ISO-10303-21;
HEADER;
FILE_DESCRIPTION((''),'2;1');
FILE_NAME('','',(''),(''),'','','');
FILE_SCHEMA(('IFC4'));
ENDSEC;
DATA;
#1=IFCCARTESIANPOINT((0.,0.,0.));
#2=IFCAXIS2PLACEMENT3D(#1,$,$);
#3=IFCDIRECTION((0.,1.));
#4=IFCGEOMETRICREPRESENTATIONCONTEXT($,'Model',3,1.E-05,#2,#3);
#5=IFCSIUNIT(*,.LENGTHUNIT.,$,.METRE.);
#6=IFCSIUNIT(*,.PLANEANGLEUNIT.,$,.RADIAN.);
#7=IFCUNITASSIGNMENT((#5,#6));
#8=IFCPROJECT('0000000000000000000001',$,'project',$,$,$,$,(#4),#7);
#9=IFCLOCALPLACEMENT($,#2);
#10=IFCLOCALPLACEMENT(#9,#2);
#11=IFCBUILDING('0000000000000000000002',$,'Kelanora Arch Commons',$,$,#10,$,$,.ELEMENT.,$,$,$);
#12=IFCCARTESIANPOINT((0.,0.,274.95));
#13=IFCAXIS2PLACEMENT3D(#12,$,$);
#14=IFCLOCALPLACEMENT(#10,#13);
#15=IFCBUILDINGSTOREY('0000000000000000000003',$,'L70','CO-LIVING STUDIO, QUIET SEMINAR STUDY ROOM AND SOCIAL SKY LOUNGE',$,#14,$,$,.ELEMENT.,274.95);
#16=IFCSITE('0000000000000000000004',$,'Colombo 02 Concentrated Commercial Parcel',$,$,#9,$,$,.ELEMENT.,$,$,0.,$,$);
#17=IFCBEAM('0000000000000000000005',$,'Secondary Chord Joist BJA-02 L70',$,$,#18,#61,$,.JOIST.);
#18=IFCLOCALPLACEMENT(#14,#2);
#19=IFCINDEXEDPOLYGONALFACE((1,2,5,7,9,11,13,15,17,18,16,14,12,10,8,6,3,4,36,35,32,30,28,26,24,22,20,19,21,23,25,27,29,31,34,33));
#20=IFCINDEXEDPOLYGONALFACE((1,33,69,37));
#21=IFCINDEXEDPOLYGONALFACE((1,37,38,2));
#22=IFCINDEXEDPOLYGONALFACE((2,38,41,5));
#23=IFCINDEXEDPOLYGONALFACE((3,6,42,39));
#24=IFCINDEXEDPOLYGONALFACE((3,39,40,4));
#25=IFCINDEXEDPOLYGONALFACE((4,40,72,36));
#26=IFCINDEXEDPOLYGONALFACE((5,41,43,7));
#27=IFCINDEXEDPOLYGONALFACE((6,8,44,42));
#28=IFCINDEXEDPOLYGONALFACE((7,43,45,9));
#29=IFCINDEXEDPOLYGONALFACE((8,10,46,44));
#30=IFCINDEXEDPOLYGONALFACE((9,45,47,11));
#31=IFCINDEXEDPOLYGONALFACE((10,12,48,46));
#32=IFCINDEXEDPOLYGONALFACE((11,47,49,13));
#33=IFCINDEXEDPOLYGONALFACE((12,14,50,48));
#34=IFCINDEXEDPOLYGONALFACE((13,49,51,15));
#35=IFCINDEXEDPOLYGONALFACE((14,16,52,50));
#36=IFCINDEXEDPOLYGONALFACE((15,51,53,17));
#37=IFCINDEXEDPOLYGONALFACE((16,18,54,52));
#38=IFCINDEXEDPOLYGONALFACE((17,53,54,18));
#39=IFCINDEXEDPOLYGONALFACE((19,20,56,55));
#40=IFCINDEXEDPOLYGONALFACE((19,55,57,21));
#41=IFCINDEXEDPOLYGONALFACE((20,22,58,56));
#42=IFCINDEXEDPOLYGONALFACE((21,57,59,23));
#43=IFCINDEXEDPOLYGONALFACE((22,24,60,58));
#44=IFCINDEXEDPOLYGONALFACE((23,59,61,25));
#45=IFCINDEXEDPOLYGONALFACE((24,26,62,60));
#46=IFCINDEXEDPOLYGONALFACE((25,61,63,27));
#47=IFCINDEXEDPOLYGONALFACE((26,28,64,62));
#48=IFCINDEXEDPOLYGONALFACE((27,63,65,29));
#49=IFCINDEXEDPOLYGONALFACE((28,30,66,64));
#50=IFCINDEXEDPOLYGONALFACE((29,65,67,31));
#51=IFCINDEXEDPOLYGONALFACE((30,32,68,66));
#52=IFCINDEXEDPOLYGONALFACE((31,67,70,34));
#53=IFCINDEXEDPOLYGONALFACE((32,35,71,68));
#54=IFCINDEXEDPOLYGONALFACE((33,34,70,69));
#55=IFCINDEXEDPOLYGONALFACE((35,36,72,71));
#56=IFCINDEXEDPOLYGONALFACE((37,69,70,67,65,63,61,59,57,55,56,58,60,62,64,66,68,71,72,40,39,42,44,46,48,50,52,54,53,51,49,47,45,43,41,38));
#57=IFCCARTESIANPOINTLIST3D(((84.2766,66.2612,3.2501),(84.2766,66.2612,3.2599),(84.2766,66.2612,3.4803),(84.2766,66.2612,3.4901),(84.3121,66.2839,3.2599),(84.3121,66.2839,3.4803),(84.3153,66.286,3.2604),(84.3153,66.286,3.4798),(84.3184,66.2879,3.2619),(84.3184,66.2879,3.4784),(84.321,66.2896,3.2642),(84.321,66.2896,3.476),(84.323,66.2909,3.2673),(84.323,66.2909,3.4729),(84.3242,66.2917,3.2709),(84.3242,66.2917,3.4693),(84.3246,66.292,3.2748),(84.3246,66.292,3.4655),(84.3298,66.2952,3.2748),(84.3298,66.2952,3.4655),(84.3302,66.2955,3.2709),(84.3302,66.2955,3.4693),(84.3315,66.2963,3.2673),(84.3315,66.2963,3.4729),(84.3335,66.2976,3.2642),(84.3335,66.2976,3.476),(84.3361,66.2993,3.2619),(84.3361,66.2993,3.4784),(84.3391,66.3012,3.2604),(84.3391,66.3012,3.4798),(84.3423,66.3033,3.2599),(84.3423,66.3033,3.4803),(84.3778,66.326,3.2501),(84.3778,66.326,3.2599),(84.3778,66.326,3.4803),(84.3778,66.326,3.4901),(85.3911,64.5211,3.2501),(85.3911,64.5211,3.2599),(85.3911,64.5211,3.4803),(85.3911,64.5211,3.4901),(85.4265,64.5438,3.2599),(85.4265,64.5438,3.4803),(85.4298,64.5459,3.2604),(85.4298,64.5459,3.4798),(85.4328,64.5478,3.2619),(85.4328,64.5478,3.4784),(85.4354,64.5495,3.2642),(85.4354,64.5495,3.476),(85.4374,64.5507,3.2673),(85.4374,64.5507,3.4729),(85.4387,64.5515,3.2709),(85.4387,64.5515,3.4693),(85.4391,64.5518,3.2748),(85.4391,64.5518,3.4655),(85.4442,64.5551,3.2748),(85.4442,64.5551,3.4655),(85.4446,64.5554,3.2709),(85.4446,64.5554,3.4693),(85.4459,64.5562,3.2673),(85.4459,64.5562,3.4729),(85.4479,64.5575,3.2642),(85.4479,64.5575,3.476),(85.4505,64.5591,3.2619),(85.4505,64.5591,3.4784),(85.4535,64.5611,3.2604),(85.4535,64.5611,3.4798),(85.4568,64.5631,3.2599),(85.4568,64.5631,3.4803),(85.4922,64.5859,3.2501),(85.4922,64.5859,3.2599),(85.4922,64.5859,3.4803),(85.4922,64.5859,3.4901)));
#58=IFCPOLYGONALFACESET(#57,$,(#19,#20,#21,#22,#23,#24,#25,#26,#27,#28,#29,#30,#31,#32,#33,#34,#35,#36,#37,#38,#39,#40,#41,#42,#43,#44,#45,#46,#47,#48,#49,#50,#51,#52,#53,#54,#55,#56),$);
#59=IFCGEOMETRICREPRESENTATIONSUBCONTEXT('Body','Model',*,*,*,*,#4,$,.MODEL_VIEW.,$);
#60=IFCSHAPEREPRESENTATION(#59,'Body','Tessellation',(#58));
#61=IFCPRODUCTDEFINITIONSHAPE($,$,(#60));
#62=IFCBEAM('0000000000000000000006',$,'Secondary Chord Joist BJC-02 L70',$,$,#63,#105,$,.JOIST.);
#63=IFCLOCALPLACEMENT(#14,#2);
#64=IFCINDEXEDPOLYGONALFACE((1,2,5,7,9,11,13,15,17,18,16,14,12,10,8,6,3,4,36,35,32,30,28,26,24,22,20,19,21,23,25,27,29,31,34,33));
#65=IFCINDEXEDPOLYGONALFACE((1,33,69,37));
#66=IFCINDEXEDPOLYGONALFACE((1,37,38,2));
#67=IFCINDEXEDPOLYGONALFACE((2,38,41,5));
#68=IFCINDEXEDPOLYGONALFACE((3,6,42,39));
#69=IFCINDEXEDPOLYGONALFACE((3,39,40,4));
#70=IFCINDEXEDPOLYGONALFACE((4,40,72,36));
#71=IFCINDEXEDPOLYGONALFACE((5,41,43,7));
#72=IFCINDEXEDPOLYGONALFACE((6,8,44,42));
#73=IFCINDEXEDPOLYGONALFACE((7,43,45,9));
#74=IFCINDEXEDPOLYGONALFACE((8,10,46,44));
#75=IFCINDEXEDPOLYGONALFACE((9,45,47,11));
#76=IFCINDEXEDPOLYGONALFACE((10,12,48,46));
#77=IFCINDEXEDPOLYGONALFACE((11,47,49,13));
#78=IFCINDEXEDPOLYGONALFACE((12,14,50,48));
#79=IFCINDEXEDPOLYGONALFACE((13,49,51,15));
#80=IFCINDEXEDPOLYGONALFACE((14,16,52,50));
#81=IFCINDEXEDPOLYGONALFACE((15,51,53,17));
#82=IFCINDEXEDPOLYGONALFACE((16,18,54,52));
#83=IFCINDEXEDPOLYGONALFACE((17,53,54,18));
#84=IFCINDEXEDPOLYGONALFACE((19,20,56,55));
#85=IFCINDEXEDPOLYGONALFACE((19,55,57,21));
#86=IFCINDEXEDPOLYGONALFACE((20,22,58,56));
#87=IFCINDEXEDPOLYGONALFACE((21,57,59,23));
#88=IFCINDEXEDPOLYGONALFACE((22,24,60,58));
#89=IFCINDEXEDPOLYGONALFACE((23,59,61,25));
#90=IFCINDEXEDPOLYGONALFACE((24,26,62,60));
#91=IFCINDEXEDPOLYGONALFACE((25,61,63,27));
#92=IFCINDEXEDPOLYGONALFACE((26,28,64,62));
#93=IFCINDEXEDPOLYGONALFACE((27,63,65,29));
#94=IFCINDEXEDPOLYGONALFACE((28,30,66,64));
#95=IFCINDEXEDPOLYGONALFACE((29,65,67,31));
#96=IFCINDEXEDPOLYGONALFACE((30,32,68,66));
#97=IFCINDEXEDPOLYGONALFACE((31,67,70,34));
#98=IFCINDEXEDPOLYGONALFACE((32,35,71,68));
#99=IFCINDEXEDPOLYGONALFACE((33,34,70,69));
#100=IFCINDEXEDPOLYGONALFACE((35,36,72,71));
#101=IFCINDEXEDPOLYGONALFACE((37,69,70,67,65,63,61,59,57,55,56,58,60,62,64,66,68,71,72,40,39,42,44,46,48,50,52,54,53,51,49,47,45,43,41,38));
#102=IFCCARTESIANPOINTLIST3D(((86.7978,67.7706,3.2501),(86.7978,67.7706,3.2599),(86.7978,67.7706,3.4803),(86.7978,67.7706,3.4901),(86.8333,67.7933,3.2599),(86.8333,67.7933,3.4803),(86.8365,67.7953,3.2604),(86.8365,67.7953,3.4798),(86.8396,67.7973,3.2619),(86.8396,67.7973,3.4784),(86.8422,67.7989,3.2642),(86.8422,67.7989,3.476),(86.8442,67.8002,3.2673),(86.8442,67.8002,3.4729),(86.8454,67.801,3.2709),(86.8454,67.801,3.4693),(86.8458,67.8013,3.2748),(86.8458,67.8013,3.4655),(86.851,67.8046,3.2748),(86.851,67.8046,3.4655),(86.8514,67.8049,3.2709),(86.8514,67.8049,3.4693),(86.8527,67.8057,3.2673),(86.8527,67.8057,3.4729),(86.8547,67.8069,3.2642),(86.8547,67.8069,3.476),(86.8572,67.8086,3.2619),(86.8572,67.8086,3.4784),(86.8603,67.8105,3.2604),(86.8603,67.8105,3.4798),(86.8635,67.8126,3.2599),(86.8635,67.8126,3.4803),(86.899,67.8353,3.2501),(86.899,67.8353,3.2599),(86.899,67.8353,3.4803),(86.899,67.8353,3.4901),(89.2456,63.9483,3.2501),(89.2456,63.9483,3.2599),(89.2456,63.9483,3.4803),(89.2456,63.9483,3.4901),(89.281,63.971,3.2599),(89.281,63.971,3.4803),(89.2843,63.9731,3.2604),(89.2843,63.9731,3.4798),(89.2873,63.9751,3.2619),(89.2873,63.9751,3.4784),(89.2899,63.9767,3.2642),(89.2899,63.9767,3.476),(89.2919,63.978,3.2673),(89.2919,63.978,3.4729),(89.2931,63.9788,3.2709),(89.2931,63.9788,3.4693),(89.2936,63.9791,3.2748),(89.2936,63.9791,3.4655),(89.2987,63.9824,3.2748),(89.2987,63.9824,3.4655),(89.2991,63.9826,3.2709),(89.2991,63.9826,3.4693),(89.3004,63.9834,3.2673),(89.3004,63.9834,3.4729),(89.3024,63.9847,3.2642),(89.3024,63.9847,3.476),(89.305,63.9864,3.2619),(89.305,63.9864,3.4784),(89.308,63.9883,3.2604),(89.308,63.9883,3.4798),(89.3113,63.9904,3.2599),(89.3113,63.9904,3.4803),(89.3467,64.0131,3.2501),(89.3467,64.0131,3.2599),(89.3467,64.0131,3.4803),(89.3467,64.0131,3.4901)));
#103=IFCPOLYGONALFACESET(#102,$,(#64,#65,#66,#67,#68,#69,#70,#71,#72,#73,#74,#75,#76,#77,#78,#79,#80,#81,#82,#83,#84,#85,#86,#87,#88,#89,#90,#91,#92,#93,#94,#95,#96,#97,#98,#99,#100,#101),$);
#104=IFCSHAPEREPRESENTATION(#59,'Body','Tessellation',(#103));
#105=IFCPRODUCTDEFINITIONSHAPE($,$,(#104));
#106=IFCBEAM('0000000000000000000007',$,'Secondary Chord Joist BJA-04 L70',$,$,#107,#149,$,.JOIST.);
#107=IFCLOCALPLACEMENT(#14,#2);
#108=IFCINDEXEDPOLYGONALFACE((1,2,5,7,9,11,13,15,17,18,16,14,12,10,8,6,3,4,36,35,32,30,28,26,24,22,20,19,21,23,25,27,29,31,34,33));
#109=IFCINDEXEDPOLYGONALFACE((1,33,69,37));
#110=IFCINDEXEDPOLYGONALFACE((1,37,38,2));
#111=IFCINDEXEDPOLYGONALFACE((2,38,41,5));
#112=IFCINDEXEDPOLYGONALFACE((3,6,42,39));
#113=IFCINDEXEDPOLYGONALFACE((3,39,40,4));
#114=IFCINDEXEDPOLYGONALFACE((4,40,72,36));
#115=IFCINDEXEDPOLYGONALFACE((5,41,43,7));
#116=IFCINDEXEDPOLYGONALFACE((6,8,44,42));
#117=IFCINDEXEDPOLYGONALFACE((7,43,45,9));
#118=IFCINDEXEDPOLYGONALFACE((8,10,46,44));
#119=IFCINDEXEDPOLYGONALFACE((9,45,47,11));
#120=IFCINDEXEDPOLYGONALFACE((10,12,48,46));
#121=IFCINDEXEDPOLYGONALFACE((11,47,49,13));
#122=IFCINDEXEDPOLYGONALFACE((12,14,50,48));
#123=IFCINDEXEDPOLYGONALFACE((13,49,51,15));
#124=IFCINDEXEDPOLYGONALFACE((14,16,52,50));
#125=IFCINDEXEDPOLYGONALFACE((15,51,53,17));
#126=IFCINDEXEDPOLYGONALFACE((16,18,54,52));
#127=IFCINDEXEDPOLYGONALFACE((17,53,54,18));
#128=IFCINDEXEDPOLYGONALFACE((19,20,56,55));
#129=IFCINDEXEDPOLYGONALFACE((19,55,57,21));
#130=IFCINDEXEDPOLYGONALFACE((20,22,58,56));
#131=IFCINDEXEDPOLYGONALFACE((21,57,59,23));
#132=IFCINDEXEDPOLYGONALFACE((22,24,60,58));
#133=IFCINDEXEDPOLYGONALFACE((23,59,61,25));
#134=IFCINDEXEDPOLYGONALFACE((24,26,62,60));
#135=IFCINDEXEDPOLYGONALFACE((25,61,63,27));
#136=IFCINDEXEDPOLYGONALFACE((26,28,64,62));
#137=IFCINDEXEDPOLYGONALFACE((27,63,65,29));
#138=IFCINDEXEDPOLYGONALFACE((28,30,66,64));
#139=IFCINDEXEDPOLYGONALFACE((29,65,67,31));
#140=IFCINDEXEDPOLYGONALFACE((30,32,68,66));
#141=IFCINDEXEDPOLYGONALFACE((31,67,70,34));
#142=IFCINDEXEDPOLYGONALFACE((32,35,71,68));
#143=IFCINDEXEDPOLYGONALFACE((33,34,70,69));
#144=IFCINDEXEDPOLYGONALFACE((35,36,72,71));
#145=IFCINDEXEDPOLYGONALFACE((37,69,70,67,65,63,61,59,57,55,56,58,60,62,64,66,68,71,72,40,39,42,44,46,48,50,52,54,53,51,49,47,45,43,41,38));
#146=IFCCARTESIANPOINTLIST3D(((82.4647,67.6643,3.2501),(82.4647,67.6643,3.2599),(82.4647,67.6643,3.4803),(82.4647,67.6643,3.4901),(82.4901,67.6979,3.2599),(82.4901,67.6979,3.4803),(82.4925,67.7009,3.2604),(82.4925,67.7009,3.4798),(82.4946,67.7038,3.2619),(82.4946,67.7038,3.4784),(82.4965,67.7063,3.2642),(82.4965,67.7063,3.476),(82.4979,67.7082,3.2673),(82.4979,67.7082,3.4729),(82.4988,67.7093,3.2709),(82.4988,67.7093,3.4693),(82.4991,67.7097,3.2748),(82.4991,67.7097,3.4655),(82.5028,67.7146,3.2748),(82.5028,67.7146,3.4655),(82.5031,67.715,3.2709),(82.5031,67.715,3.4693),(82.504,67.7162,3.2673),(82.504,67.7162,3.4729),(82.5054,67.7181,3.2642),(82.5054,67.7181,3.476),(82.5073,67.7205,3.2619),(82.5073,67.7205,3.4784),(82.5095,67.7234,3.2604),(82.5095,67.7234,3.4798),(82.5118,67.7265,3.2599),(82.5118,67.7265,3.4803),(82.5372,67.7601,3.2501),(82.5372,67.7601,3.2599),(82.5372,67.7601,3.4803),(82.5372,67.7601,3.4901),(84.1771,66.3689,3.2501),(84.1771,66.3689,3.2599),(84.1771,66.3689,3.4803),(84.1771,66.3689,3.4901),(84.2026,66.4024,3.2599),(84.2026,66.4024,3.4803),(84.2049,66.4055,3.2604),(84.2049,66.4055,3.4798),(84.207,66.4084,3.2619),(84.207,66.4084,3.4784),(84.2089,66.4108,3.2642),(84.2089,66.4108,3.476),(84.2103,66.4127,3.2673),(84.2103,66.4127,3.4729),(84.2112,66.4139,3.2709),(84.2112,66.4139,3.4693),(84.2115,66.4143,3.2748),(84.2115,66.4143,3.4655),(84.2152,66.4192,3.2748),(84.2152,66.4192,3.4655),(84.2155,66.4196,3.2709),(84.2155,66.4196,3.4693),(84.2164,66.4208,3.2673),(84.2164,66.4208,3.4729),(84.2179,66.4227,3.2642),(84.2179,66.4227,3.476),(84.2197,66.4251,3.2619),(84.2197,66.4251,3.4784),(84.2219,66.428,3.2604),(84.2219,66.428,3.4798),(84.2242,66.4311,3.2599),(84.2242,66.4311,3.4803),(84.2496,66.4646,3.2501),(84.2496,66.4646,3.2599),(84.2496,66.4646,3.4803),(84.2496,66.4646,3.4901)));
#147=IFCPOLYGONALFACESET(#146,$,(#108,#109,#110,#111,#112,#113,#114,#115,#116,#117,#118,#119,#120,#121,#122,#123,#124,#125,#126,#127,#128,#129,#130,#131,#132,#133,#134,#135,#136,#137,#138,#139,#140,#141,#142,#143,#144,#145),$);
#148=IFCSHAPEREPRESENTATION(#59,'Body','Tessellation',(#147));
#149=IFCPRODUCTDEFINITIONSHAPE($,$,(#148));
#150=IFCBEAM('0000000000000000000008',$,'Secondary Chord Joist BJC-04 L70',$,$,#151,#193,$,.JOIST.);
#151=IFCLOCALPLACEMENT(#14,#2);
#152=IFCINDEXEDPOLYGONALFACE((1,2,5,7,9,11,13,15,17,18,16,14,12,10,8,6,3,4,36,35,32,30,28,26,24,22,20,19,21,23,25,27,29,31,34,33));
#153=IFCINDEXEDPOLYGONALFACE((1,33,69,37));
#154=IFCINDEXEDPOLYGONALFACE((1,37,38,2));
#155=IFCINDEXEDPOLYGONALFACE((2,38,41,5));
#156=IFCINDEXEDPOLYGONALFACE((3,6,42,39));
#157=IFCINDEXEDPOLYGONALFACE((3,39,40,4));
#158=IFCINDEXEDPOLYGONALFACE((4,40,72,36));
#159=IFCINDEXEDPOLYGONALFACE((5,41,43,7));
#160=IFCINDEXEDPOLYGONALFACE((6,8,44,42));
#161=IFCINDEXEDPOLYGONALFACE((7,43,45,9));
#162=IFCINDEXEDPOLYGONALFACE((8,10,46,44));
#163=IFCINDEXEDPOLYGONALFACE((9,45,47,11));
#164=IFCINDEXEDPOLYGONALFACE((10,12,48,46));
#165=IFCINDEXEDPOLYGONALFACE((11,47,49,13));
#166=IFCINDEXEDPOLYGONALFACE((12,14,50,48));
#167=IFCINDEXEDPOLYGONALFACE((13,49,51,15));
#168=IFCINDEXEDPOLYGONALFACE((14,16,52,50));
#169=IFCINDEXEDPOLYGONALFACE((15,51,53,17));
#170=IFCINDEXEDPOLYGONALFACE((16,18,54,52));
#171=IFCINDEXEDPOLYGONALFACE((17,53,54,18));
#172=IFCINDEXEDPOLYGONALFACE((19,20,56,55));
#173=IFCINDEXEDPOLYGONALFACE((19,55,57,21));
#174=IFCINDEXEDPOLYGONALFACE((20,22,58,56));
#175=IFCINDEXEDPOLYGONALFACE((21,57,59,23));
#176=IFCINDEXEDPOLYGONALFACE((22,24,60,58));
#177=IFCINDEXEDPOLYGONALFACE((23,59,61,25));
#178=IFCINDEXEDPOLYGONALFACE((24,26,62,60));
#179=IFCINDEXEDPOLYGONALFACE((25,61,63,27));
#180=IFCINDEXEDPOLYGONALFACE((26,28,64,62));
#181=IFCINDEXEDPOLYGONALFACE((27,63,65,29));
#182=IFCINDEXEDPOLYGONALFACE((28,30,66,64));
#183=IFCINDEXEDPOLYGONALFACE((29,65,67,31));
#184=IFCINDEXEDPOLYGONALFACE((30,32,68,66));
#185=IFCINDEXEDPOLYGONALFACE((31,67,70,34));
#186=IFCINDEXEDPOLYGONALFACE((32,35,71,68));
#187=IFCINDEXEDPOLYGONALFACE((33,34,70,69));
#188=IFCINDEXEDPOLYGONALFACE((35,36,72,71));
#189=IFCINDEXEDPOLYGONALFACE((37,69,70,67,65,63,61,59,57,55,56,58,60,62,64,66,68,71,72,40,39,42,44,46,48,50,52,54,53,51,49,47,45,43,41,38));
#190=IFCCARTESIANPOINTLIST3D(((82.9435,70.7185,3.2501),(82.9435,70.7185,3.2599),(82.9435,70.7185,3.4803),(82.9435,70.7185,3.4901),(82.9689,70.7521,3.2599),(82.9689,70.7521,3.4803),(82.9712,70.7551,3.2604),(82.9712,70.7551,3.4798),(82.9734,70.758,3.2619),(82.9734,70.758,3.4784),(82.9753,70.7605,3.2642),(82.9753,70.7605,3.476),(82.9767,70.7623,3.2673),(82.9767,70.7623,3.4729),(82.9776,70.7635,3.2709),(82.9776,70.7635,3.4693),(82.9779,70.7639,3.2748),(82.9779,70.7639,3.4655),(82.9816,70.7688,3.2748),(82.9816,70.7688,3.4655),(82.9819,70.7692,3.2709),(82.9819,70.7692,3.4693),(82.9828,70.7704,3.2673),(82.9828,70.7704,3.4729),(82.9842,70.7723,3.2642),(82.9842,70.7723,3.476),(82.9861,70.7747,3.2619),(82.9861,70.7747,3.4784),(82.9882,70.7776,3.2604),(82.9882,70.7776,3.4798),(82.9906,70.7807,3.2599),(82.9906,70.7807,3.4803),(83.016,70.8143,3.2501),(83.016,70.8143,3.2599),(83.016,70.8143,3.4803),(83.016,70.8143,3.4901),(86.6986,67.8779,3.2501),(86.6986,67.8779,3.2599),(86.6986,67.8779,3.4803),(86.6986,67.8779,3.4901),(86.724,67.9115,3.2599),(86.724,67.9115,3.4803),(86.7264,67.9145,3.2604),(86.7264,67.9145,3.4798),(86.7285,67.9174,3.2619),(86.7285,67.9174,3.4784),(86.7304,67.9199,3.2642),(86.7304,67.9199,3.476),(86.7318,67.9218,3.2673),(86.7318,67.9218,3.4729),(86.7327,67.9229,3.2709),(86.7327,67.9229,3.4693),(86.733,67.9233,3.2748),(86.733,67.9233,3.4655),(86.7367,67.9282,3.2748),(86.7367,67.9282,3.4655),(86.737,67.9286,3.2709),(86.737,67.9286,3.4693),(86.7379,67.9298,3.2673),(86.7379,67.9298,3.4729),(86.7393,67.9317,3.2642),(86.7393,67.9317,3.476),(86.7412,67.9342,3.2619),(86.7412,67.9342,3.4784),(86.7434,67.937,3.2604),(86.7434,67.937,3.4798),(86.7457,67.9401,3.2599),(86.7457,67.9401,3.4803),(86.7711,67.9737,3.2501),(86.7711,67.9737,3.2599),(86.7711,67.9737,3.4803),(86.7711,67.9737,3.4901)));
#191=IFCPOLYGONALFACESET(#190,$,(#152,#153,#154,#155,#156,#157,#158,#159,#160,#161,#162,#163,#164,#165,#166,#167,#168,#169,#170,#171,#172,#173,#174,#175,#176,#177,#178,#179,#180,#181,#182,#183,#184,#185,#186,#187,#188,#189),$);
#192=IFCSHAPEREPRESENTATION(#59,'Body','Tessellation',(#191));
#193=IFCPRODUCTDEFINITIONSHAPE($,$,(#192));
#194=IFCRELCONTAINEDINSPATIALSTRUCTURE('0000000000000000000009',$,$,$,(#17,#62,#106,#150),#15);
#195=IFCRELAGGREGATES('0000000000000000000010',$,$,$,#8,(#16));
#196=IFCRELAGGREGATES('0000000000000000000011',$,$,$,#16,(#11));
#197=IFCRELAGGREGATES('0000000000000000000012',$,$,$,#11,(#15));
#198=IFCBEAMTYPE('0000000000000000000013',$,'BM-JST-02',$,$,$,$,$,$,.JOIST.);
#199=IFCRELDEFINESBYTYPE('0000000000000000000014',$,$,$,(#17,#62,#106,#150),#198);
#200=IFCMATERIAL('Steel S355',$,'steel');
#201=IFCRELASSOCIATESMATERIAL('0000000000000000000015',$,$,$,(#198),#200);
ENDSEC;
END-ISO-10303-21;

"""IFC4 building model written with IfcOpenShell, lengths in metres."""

from ifc_helpers import new_model, si_unit, direction, frame, origin, origin_2d, place, context, subcontext, project, spatial, i_section, extrude, material, material_profile, profile_set, type_object, element, save


model = new_model("IFC4")

# Units and contexts
model_context = context("Model", 3, precision=1e-05, world=origin(), true_north=direction((0.0, 1.0)))
body_context = subcontext(model_context, "Body", "Model", "MODEL_VIEW")
ifc_project = project(units=[si_unit("LENGTHUNIT", "METRE"), si_unit("PLANEANGLEUNIT", "RADIAN")], contexts=[model_context])

# Site, building, storey
site_placement = place(None, origin())
site = spatial("IfcSite", under=ifc_project, at=site_placement, Name="Colombo 02 Concentrated Commercial Parcel", CompositionType="ELEMENT", RefElevation=0.0)
building_placement = place(site_placement, origin())
building = spatial("IfcBuilding", under=site, at=building_placement, Name="Kelanora Arch Commons", CompositionType="ELEMENT")
storey_placement = place(building_placement, frame((0.0, 0.0, 274.95)))
storey = spatial("IfcBuildingStorey", under=building, at=storey_placement, Name="L70", Description="CO-LIVING STUDIO, QUIET SEMINAR STUDY ROOM AND SOCIAL SKY LOUNGE", CompositionType="ELEMENT", Elevation=274.95)

# Beams
ifc_material_1 = material(Name="Steel S355", Category="steel")
ifc_material_profile_1 = material_profile(ifc_material_1, i_section(OverallWidth=0.1201, OverallDepth=0.24, WebThickness=0.0061, FlangeThickness=0.0098, FilletRadius=0.0149, at=origin_2d()), Name="IPE240")
ifc_profile_set_1 = profile_set([ifc_material_profile_1], Name="Steel S355")
beam_type_1 = type_object("IfcBeamType", Name="BM-JST-02", PredefinedType="JOIST", material=ifc_profile_set_1)
beam_1_placement = place(storey_placement, frame((85.4417, 64.5535, 3.3701), z_axis=(-0.539312, 0.842106, 0.0), x_axis=(-0.842106, -0.539312, 0.0)))
element("IfcBeam", 1, at=beam_1_placement, inside=storey, type_object=beam_type_1, Name="Secondary Chord Joist BJA-02 L70", PredefinedType="JOIST", context=body_context, shape_type="SweptSolid", body=[
    extrude(i_section(OverallWidth=0.1201, OverallDepth=0.24, WebThickness=0.0061, FlangeThickness=0.0098, FilletRadius=0.0149, at=origin_2d()), origin(), (0.0, 0.0, 1.0), 2.0664),
])
beam_2_placement = place(storey_placement, frame((89.2961, 63.9807, 3.3701), z_axis=(-0.539289, 0.842121, 0.0), x_axis=(-0.842121, -0.539289, 0.0)))
element("IfcBeam", 2, at=beam_2_placement, inside=storey, type_object=beam_type_1, Name="Secondary Chord Joist BJC-02 L70", PredefinedType="JOIST", context=body_context, shape_type="SweptSolid", body=[
    extrude(i_section(OverallWidth=0.1201, OverallDepth=0.24, WebThickness=0.0061, FlangeThickness=0.0098, FilletRadius=0.0149, at=origin_2d()), origin(), (0.0, 0.0, 1.0), 4.5388),
])
beam_3_placement = place(storey_placement, frame((84.2134, 66.4167, 3.3701), z_axis=(-0.79751, 0.603306, 0.0), x_axis=(-0.603306, -0.79751, 0.0)))
element("IfcBeam", 3, at=beam_3_placement, inside=storey, type_object=beam_type_1, Name="Secondary Chord Joist BJA-04 L70", PredefinedType="JOIST", context=body_context, shape_type="SweptSolid", body=[
    extrude(i_section(OverallWidth=0.1201, OverallDepth=0.24, WebThickness=0.0061, FlangeThickness=0.0098, FilletRadius=0.0149, at=origin_2d()), origin(), (0.0, 0.0, 1.0), 2.1472),
])
beam_4_placement = place(storey_placement, frame((86.7349, 67.9258, 3.3701), z_axis=(-0.797523, 0.603289, 0.0), x_axis=(-0.603289, -0.797523, 0.0)))
element("IfcBeam", 4, at=beam_4_placement, inside=storey, type_object=beam_type_1, Name="Secondary Chord Joist BJC-04 L70", PredefinedType="JOIST", context=body_context, shape_type="SweptSolid", body=[
    extrude(i_section(OverallWidth=0.1201, OverallDepth=0.24, WebThickness=0.0061, FlangeThickness=0.0098, FilletRadius=0.0149, at=origin_2d()), origin(), (0.0, 0.0, 1.0), 4.7085),
])

save(model, "model.ifc")
